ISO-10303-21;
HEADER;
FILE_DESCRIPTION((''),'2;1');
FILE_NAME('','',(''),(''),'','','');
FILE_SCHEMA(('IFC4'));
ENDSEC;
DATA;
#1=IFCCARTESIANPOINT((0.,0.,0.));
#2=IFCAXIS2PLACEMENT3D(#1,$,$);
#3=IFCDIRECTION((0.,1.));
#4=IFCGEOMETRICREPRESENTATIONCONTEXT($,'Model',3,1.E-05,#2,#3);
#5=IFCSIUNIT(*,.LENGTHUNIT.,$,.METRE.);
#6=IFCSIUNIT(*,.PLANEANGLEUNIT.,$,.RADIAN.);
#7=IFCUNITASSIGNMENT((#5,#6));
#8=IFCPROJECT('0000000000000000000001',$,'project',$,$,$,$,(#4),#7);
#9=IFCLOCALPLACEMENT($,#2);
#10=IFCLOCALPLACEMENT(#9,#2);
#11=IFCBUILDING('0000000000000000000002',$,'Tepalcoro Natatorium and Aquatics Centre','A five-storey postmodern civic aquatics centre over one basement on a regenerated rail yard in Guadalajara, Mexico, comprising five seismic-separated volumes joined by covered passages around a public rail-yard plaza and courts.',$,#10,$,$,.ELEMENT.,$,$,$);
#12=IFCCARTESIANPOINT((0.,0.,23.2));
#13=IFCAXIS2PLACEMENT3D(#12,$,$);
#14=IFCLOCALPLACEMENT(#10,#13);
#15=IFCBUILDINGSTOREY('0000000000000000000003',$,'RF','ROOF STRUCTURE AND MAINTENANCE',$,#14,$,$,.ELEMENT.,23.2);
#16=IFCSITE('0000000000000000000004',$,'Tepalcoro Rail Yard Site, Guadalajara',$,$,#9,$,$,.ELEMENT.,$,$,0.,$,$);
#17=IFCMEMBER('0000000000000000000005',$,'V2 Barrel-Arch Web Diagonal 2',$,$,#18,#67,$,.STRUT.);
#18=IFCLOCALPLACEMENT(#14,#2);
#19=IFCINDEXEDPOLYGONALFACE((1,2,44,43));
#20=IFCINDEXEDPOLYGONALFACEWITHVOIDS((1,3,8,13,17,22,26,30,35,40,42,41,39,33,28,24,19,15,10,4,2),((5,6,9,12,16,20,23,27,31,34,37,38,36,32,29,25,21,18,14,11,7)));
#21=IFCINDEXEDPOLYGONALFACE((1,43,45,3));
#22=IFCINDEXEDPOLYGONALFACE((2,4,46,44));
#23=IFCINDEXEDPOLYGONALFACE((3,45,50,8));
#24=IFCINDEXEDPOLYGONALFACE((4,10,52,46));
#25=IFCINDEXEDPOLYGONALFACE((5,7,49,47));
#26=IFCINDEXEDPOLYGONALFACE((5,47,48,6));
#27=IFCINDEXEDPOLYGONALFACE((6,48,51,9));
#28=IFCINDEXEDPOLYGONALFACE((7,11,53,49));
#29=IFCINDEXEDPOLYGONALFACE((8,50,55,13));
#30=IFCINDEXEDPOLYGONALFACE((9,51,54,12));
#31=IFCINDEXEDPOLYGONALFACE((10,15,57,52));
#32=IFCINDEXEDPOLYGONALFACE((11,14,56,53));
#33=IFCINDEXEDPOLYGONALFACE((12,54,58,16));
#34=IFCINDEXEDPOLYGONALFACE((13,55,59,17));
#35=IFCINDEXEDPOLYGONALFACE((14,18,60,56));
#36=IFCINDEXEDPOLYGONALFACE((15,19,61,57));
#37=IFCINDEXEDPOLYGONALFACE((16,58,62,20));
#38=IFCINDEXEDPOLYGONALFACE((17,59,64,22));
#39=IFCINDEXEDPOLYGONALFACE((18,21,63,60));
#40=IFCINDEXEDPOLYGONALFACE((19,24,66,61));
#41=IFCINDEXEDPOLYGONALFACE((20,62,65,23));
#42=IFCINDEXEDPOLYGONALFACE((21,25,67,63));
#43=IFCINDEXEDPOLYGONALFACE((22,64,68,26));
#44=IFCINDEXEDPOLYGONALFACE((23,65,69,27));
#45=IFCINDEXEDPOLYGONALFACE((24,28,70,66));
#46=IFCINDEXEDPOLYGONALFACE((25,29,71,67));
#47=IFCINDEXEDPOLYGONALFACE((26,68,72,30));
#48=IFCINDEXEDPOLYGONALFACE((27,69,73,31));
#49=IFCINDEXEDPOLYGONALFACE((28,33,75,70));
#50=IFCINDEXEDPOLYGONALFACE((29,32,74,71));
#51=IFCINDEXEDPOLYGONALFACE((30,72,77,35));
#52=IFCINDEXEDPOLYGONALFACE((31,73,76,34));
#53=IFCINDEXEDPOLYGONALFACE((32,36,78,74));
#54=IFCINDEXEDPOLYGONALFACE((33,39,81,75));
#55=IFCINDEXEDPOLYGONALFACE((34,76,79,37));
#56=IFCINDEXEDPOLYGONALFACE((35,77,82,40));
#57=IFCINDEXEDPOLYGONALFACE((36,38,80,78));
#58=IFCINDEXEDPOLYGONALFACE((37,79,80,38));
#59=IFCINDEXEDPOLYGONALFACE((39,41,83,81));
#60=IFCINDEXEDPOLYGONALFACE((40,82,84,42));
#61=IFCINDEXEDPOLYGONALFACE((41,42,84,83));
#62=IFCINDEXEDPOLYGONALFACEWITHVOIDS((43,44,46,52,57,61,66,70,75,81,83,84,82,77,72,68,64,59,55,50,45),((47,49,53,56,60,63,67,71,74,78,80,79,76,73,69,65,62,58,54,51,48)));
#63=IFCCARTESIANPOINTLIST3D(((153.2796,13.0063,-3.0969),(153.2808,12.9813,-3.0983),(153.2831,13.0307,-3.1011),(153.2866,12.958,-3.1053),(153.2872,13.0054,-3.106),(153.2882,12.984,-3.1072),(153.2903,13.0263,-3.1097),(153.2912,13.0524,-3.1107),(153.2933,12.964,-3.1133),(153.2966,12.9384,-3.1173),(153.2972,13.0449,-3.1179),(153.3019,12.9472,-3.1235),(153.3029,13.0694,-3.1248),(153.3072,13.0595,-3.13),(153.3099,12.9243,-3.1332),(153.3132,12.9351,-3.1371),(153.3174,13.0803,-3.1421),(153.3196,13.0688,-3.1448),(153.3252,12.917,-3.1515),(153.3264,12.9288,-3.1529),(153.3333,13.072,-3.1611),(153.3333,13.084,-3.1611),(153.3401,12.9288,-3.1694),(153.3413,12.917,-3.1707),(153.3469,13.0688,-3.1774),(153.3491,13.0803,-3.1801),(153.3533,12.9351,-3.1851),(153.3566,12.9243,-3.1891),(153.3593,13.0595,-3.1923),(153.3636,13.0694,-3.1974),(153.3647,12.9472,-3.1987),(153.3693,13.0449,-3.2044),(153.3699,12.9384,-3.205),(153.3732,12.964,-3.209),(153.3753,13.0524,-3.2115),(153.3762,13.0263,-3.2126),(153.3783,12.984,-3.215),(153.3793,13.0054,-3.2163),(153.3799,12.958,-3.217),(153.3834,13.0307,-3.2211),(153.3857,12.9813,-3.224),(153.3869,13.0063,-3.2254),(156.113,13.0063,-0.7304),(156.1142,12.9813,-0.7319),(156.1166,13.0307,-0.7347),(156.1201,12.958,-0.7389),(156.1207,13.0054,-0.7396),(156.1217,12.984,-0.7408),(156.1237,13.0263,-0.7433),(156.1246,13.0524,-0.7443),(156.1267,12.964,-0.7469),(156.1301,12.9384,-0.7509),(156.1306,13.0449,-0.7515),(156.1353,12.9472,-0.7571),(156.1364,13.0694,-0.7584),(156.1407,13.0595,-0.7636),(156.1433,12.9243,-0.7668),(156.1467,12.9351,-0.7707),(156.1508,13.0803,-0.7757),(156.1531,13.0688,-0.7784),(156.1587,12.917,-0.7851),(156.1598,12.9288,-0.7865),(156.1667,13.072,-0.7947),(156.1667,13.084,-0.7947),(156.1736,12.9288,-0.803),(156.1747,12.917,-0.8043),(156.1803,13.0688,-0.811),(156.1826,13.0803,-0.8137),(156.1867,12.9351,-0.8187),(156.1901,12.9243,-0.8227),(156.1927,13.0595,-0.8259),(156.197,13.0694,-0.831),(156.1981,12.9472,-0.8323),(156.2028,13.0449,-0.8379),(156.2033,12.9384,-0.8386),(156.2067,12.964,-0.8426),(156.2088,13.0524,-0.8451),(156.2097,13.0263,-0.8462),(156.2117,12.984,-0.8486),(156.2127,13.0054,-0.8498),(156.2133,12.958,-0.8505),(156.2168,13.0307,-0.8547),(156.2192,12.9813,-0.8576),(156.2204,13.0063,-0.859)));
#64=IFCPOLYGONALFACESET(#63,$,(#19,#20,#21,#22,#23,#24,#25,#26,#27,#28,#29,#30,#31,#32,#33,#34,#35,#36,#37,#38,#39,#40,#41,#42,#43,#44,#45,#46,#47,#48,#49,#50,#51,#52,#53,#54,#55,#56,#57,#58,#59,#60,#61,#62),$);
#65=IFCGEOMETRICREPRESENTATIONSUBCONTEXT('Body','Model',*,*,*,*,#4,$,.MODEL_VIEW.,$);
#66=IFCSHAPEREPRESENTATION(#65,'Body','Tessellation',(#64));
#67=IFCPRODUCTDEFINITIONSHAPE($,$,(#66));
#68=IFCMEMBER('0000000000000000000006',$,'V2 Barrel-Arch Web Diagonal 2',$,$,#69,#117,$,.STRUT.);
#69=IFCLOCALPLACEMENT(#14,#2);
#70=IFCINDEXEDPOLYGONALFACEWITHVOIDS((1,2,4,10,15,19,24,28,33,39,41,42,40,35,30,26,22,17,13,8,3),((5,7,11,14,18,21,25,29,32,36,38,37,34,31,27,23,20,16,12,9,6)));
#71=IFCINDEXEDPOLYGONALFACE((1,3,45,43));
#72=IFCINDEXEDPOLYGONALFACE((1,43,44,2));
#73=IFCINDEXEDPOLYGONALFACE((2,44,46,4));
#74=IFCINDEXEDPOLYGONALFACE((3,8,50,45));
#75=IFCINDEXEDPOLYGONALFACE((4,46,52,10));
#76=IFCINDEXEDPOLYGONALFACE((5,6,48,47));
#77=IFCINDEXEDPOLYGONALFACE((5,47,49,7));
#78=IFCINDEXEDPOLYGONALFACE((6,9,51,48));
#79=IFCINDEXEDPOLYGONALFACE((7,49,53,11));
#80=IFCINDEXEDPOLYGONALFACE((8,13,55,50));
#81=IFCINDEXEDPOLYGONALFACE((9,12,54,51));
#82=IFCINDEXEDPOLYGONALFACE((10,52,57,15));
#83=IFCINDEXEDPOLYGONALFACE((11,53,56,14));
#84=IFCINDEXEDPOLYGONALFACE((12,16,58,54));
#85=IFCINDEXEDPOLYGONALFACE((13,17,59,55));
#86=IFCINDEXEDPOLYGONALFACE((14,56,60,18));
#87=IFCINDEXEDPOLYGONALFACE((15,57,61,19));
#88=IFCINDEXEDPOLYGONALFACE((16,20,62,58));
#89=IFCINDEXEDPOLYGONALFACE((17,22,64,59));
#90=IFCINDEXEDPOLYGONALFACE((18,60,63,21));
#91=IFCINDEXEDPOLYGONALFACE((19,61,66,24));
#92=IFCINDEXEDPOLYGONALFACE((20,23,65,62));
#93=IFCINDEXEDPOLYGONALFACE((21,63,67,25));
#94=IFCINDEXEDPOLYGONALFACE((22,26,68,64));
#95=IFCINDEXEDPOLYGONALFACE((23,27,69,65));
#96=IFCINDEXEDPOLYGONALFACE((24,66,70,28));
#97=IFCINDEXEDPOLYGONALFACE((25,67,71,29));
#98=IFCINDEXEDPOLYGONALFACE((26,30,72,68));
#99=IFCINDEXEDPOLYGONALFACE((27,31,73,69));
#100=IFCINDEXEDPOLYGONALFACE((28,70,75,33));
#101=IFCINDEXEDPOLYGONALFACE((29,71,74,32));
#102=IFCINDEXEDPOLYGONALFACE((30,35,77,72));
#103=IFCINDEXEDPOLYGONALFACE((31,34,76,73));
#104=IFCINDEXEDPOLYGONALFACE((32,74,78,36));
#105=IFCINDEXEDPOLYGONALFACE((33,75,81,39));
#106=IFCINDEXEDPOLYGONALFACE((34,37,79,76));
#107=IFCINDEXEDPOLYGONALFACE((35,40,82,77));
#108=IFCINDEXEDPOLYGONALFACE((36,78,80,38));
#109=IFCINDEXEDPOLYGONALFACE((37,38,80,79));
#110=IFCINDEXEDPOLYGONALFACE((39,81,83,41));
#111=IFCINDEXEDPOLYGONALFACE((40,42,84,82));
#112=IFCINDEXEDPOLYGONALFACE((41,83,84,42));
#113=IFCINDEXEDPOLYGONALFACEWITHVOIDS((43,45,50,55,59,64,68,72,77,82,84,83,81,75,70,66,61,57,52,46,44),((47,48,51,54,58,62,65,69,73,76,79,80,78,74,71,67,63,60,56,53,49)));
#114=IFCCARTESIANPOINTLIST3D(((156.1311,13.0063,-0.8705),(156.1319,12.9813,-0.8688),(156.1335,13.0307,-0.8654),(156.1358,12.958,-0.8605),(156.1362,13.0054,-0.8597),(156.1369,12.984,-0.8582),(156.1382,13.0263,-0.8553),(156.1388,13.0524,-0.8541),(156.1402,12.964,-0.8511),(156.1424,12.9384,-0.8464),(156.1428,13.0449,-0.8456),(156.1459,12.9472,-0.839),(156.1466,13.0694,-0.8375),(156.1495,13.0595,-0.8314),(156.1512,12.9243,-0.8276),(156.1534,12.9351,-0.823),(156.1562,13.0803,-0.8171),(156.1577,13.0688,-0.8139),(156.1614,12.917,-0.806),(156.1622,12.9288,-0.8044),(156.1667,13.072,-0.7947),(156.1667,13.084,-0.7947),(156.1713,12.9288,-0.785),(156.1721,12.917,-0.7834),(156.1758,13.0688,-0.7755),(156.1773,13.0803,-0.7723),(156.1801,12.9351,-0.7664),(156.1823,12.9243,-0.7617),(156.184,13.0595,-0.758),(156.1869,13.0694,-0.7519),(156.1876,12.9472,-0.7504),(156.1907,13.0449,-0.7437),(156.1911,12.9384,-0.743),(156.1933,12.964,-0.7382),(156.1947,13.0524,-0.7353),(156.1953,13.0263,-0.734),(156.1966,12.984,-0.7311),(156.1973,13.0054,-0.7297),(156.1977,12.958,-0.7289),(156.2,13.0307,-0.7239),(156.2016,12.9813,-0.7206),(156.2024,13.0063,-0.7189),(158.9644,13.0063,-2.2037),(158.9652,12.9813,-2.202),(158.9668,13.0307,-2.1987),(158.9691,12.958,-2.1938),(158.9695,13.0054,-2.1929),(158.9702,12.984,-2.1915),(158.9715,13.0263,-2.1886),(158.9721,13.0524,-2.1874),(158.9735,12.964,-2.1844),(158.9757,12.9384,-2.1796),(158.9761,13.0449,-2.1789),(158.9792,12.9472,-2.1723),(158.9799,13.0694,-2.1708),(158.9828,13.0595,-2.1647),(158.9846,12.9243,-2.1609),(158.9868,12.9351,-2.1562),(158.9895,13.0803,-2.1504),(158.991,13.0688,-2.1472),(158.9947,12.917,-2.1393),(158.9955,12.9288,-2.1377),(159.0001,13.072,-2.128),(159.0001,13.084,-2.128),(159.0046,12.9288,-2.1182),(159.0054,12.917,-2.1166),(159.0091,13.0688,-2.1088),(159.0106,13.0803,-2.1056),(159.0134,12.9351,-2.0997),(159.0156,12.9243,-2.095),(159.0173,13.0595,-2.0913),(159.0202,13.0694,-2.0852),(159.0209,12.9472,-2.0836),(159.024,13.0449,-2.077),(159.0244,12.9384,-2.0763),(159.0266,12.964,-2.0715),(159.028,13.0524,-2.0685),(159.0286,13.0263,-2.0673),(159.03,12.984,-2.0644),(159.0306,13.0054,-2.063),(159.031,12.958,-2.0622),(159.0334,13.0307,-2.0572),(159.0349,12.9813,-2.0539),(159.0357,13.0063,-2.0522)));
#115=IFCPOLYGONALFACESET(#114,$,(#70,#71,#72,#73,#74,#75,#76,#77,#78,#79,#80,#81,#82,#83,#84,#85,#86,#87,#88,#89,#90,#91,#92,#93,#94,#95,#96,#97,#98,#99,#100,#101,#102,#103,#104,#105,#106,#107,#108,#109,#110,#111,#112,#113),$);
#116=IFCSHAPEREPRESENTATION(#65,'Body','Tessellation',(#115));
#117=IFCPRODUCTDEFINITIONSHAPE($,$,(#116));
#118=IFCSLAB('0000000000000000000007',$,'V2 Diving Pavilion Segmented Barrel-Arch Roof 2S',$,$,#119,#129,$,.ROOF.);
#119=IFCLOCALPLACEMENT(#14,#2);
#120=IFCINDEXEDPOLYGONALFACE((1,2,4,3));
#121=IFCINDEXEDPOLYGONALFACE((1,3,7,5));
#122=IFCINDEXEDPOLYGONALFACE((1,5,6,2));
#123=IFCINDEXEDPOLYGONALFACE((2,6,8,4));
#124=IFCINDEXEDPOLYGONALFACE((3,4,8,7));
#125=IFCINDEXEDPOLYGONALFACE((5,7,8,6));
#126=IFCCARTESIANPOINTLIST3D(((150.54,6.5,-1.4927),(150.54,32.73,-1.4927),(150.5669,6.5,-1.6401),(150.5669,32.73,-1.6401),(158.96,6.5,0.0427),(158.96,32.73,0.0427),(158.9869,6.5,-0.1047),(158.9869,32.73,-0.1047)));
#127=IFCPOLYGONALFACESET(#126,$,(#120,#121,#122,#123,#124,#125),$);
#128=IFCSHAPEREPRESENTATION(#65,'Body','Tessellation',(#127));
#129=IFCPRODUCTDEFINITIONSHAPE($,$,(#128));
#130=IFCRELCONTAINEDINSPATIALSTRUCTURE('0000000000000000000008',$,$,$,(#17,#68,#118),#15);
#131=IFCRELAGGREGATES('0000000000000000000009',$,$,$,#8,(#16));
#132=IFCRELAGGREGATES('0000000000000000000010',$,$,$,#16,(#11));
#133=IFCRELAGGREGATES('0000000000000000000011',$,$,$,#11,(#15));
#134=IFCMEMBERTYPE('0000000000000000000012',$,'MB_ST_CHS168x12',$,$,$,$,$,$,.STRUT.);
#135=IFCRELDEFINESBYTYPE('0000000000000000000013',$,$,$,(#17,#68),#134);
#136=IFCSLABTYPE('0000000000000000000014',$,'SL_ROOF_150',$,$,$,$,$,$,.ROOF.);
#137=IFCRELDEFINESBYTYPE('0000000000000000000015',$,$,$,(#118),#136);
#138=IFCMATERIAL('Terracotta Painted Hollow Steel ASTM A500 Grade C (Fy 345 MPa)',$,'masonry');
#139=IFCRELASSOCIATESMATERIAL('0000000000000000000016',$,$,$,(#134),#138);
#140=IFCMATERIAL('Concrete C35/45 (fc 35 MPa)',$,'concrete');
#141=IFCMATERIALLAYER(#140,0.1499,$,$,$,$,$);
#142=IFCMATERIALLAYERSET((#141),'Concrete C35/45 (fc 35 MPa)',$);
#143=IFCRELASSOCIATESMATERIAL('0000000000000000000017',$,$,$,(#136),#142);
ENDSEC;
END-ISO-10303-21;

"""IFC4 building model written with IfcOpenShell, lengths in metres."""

from ifc_helpers import new_model, si_unit, direction, frame, origin, origin_2d, place, context, subcontext, project, spatial, polyline, hollow_circle, outline, extrude, material, layer, layer_set, material_profile, profile_set, type_object, element, save


model = new_model("IFC4")

# Units and contexts
model_context = context("Model", 3, precision=1e-05, world=origin(), true_north=direction((0.0, 1.0)))
body_context = subcontext(model_context, "Body", "Model", "MODEL_VIEW")
ifc_project = project(units=[si_unit("LENGTHUNIT", "METRE"), si_unit("PLANEANGLEUNIT", "RADIAN")], contexts=[model_context])

# Site, building, storey
site_placement = place(None, origin())
site = spatial("IfcSite", under=ifc_project, at=site_placement, Name="Tepalcoro Rail Yard Site, Guadalajara", CompositionType="ELEMENT", RefElevation=0.0)
building_placement = place(site_placement, origin())
building = spatial("IfcBuilding", under=site, at=building_placement, Name="Tepalcoro Natatorium and Aquatics Centre", Description="A five-storey postmodern civic aquatics centre over one basement on a regenerated rail yard in Guadalajara, Mexico, comprising five seismic-separated volumes joined by covered passages around a public rail-yard plaza and courts.", CompositionType="ELEMENT")
storey_placement = place(building_placement, frame((0.0, 0.0, 23.2)))
storey = spatial("IfcBuildingStorey", under=building, at=storey_placement, Name="RF", Description="ROOF STRUCTURE AND MAINTENANCE", CompositionType="ELEMENT", Elevation=23.2)

# Shared definitions
ifc_material_1 = material(Name="Terracotta Painted Hollow Steel ASTM A500 Grade C (Fy 345 MPa)", Category="masonry")

# Members
ifc_material_profile_1 = material_profile(ifc_material_1, hollow_circle(Radius=0.084, WallThickness=0.012, at=origin_2d()), Name="CHS168X12")
ifc_profile_set_1 = profile_set([ifc_material_profile_1], Name="Terracotta Painted Hollow Steel ASTM A500 Grade C (Fy 345 MPa)")
member_type_1 = type_object("IfcMemberType", Name="MB_ST_CHS168x12", PredefinedType="STRUT", material=ifc_profile_set_1)
member_1_placement = place(storey_placement, frame((153.3333, 13.0, -3.1611), z_axis=(0.767527, 0.0, 0.641017), x_axis=(0.0, 1.0, 0.0)))
element("IfcMember", 1, at=member_1_placement, inside=storey, type_object=member_type_1, Name="V2 Barrel-Arch Web Diagonal 2", PredefinedType="STRUT", context=body_context, shape_type="SweptSolid", body=[
    extrude(hollow_circle(Radius=0.084, WallThickness=0.012, at=origin_2d()), origin(), (0.0, 0.0, 1.0), 3.6917),
])
member_2_placement = place(storey_placement, frame((156.1667, 13.0, -0.7947), z_axis=(0.904824, 0.0, -0.425786), x_axis=(0.0, 1.0, 0.0)))
element("IfcMember", 2, at=member_2_placement, inside=storey, type_object=member_type_1, Name="V2 Barrel-Arch Web Diagonal 2", PredefinedType="STRUT", context=body_context, shape_type="SweptSolid", body=[
    extrude(hollow_circle(Radius=0.084, WallThickness=0.012, at=origin_2d()), origin(), (0.0, 0.0, 1.0), 3.1313),
])

# Slab
ifc_material_2 = material(Name="Concrete C35/45 (fc 35 MPa)", Category="concrete")
ifc_layer = layer(ifc_material_2, 0.1499)
ifc_layer_set = layer_set([ifc_layer], Name="Concrete C35/45 (fc 35 MPa)")
slab_type = type_object("IfcSlabType", Name="SL_ROOF_150", PredefinedType="ROOF", material=ifc_layer_set)
slab_placement = place(storey_placement, frame((150.54, 6.5, -1.4927), z_axis=(-0.179395, 0.0, 0.983777), x_axis=(0.983777, 0.0, 0.179395)))
element("IfcSlab", 3, at=slab_placement, inside=storey, type_object=slab_type, Name="V2 Diving Pavilion Segmented Barrel-Arch Roof 2S", PredefinedType="ROOF", context=body_context, shape_type="SweptSolid", body=[
    extrude(outline(polyline([(0.0, 0.0), (8.5588, 0.0), (8.5588, 26.23), (0.0, 26.23), (0.0, 0.0)])), origin(), (0.0, 0.0, -1.0), 0.1499),
])

save(model, "model.ifc")
